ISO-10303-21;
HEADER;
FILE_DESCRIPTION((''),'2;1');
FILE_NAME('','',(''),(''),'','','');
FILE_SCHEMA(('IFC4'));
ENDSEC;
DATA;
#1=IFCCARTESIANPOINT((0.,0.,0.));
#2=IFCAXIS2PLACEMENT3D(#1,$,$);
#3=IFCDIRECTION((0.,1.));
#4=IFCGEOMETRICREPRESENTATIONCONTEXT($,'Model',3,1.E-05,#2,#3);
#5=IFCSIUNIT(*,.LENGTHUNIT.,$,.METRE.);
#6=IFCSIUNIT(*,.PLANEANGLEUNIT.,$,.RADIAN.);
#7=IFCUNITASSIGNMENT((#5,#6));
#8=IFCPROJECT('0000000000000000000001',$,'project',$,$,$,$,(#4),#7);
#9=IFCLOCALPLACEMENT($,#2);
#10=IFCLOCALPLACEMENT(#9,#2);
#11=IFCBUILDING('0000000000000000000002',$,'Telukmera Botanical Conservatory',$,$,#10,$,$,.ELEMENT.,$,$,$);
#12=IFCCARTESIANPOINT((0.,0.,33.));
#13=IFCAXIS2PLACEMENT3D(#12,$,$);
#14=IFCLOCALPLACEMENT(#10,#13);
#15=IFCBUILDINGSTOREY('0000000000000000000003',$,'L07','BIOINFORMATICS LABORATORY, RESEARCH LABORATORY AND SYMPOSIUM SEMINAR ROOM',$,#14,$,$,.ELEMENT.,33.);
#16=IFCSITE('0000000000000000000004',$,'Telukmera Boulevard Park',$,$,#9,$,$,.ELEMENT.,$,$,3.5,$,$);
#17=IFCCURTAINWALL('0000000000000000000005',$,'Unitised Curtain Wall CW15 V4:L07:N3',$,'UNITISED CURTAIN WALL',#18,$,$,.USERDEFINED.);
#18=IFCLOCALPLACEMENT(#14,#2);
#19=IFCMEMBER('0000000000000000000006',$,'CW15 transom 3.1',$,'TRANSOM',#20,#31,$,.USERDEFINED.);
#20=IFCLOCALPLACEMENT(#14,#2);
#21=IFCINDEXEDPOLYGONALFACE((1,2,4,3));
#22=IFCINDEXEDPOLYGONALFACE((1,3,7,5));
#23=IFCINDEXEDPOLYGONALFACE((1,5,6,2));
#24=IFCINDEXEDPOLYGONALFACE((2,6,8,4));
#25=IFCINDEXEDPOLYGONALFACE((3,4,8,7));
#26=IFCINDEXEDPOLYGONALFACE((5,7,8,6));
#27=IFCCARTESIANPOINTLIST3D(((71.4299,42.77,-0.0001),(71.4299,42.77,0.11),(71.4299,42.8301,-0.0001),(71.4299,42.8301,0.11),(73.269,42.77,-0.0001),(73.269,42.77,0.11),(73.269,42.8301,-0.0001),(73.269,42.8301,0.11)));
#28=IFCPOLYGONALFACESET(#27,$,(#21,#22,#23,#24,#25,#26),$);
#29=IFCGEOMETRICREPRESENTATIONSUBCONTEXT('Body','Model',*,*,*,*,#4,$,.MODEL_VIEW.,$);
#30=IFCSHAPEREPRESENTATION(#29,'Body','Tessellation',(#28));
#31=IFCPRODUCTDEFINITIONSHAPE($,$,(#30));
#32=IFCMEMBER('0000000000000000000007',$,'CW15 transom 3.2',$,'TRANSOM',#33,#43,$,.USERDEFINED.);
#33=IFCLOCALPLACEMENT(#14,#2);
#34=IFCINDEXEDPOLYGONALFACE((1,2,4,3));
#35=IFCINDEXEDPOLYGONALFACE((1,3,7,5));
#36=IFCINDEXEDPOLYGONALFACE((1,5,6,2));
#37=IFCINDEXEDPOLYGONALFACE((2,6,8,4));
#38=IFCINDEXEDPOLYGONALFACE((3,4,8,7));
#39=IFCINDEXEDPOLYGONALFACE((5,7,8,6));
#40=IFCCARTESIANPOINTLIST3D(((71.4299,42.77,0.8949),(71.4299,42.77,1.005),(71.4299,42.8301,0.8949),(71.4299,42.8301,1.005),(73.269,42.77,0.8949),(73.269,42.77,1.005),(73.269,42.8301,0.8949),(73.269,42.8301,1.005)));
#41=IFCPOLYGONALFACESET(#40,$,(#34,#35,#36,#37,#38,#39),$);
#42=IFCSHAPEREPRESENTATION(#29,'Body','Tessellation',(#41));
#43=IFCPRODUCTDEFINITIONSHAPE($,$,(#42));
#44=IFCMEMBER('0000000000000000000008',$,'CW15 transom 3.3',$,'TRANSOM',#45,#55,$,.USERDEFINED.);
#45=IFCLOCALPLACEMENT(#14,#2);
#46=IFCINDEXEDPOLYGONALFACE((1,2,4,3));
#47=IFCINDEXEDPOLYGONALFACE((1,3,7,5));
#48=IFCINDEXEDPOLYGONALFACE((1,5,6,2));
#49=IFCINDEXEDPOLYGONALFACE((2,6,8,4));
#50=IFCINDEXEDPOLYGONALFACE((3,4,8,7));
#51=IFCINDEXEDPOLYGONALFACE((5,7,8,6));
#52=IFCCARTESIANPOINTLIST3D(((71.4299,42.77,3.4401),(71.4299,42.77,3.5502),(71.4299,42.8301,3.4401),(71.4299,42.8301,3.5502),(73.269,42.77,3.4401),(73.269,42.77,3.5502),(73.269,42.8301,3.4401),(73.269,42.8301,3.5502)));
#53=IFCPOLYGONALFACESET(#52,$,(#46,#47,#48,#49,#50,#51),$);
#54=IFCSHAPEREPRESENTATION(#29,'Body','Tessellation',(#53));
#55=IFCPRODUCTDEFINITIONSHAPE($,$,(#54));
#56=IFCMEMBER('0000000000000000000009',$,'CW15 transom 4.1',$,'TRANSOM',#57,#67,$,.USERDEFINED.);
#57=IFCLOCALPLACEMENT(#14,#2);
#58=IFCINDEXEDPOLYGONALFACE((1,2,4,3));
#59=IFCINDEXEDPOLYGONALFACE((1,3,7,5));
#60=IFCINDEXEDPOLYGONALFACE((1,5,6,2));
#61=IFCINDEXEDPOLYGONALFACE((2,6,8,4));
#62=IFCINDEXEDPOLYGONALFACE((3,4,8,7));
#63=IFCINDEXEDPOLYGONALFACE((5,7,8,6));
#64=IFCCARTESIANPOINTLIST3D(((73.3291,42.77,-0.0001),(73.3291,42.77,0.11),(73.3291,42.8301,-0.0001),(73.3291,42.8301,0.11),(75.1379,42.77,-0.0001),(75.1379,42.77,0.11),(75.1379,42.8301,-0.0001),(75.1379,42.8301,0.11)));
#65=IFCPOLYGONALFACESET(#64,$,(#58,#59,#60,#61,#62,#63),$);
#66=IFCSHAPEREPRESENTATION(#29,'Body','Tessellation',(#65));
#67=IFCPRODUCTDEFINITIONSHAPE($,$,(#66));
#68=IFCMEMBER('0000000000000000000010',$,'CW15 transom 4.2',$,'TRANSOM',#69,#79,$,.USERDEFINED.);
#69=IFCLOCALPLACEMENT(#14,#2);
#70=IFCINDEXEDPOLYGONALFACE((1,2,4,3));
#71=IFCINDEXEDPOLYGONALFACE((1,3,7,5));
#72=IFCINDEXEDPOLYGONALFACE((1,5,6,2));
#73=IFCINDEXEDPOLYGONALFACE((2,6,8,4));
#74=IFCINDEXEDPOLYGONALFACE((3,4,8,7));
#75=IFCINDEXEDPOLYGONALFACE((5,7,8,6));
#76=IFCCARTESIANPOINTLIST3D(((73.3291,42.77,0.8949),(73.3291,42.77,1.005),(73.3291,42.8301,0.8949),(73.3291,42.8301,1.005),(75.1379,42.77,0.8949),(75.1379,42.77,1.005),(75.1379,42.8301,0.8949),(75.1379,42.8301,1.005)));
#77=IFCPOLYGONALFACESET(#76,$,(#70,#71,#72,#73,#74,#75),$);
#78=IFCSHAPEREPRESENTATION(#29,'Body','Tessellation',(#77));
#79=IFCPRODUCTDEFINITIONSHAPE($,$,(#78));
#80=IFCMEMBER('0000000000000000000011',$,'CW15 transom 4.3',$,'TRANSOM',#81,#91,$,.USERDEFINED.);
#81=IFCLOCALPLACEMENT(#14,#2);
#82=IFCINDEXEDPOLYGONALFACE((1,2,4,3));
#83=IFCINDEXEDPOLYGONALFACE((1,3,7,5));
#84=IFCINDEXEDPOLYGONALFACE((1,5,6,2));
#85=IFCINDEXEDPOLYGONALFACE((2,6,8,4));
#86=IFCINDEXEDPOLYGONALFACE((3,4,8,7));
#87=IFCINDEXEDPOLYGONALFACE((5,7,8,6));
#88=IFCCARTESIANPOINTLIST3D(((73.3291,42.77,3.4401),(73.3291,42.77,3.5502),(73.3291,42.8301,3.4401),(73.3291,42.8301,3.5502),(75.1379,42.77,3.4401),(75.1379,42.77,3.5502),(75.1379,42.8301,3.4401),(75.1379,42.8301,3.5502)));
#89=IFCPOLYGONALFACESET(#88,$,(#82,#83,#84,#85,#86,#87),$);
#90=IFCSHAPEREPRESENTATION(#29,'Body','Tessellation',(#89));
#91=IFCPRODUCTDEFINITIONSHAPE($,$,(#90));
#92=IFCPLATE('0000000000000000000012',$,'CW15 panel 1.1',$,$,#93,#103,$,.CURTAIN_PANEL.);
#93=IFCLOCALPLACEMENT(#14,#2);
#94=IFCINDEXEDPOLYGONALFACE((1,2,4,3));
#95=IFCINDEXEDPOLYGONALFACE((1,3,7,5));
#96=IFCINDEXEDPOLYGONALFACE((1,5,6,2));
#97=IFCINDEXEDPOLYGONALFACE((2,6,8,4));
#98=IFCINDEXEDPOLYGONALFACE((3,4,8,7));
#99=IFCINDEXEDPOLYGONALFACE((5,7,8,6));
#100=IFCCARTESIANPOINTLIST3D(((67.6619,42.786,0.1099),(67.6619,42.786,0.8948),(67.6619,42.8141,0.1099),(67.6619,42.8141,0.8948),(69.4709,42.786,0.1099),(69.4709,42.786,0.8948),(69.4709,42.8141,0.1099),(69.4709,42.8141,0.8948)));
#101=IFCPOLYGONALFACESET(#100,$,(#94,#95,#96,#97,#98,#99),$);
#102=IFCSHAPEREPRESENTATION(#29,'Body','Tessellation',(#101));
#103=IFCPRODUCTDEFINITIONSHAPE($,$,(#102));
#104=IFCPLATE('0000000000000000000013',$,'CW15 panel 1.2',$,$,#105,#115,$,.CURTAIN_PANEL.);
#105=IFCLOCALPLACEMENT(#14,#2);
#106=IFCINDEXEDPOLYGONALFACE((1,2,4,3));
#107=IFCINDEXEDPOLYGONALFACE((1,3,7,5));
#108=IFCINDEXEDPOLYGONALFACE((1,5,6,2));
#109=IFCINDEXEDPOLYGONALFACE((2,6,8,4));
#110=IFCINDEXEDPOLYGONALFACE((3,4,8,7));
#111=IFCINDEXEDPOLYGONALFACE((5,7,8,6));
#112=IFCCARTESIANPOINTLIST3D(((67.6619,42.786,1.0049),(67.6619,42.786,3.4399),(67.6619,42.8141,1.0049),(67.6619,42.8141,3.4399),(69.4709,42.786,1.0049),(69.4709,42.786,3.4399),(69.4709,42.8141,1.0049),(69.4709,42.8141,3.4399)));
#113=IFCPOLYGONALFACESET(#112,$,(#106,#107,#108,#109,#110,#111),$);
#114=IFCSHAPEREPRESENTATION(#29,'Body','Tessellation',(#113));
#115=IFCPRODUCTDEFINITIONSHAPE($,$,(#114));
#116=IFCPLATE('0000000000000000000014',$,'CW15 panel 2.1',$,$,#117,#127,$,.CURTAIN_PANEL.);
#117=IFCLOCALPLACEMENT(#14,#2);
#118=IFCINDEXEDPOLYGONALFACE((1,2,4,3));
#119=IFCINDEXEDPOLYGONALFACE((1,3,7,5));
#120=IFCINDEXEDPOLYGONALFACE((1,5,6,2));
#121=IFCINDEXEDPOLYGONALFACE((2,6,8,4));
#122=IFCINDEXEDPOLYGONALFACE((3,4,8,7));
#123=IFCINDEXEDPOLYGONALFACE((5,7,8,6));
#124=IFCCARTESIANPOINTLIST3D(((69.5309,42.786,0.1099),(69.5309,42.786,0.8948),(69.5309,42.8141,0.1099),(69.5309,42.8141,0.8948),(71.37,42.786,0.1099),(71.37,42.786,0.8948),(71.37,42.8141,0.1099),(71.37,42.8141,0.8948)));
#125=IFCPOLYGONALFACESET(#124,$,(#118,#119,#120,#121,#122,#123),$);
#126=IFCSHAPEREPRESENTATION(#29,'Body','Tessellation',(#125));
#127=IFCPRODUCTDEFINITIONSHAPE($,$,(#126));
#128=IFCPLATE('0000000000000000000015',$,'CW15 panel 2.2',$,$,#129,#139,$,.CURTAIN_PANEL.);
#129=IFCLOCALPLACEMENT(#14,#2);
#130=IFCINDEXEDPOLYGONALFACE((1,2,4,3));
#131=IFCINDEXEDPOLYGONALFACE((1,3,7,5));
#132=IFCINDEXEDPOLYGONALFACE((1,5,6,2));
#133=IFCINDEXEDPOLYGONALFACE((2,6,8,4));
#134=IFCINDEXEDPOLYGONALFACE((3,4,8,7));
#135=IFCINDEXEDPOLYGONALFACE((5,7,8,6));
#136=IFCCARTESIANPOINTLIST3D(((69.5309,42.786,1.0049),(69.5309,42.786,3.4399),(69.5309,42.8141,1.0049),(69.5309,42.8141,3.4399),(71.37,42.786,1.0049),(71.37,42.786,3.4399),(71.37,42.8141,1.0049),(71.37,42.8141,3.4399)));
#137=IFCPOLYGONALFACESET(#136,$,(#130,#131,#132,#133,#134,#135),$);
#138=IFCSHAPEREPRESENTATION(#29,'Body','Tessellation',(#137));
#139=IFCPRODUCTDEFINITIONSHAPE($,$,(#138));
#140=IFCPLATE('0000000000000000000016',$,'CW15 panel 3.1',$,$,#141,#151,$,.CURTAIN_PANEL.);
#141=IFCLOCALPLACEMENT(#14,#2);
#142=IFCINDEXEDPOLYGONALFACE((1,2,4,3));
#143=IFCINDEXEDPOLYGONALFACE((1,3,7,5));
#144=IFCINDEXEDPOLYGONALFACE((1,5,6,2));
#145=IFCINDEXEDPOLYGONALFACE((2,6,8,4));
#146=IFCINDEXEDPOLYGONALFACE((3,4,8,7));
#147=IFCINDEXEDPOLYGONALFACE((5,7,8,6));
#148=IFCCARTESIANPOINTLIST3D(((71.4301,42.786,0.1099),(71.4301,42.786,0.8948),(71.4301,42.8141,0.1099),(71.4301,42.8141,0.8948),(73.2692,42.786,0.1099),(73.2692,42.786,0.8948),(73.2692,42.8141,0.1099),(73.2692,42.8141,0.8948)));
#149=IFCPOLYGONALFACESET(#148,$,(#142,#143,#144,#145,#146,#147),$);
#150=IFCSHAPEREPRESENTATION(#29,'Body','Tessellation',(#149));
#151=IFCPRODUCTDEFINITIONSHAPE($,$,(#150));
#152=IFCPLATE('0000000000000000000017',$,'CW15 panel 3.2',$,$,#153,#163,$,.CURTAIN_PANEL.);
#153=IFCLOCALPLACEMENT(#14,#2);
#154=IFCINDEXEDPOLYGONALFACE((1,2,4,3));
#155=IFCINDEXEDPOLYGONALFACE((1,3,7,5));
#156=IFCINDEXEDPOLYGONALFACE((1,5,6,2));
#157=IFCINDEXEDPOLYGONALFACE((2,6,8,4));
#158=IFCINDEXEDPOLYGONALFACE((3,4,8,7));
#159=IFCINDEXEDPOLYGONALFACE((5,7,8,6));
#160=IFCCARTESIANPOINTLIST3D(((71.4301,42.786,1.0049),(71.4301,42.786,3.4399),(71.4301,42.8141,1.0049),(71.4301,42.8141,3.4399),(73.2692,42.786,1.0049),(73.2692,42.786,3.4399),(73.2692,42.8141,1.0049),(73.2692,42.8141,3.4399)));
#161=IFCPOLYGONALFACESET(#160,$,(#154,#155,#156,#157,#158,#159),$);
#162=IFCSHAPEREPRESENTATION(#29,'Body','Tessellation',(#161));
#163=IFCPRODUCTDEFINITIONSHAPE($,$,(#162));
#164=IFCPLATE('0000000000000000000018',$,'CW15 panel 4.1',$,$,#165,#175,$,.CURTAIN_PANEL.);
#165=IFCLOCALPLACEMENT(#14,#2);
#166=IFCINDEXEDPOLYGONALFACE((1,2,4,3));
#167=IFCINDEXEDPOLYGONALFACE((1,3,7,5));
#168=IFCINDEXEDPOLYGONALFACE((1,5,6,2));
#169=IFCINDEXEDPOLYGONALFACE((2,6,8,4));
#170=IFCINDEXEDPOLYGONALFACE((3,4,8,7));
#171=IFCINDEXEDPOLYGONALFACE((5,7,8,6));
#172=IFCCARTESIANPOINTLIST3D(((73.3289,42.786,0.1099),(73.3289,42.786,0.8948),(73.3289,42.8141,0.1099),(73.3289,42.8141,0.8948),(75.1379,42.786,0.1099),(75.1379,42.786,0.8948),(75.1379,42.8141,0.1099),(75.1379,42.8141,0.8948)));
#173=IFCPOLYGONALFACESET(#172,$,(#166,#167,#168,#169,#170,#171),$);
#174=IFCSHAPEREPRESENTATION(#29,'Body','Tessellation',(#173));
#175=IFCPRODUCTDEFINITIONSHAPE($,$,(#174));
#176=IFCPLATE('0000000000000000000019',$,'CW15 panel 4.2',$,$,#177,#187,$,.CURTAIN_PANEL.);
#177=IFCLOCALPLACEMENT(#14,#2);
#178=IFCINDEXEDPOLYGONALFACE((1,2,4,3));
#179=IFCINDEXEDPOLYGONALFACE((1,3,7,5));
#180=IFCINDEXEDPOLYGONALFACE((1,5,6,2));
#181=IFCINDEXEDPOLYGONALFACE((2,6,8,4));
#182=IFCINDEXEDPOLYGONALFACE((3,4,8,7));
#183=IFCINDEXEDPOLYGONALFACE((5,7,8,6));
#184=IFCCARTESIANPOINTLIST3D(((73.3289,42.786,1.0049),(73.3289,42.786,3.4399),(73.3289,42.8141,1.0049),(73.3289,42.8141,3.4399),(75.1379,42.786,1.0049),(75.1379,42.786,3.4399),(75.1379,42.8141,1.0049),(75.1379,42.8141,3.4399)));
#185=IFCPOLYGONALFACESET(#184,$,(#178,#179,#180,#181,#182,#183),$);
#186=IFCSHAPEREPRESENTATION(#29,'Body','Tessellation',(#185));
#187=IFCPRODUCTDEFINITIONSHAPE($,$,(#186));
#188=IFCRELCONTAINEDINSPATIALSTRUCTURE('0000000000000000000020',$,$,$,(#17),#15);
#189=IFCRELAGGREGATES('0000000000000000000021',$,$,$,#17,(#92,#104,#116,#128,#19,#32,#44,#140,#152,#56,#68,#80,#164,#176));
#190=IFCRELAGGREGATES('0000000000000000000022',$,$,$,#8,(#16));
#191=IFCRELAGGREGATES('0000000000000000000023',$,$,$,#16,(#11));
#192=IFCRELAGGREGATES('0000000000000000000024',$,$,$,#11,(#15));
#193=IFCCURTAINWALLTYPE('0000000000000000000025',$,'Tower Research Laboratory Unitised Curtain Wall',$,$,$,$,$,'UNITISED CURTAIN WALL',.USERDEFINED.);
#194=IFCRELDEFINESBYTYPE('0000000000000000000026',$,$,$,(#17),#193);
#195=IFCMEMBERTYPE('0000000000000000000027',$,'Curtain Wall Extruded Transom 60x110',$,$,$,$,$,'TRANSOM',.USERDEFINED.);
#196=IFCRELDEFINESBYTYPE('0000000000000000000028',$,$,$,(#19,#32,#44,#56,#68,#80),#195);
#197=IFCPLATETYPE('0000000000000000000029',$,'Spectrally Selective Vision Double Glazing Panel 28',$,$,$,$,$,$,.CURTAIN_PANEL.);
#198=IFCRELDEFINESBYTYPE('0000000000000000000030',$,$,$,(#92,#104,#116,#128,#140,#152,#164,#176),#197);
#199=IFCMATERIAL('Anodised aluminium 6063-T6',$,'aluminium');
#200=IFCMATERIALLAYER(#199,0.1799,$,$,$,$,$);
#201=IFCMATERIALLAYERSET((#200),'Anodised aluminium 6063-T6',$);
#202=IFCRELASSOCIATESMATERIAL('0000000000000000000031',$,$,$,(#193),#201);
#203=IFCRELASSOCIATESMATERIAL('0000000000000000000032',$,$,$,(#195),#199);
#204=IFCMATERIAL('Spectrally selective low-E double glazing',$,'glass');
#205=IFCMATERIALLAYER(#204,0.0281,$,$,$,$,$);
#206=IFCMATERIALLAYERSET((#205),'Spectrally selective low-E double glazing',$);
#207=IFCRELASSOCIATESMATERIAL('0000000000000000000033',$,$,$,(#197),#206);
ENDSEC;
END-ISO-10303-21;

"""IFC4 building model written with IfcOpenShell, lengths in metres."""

from ifc_helpers import new_model, si_unit, direction, frame, origin, origin_2d, place, context, subcontext, project, spatial, rectangle, extrude, material, layer, layer_set, material_profile, profile_set, type_object, element, aggregate, save


model = new_model("IFC4")

# Units and contexts
model_context = context("Model", 3, precision=1e-05, world=origin(), true_north=direction((0.0, 1.0)))
body_context = subcontext(model_context, "Body", "Model", "MODEL_VIEW")
ifc_project = project(units=[si_unit("LENGTHUNIT", "METRE"), si_unit("PLANEANGLEUNIT", "RADIAN")], contexts=[model_context])

# Site, building, storey
site_placement = place(None, origin())
site = spatial("IfcSite", under=ifc_project, at=site_placement, Name="Telukmera Boulevard Park", CompositionType="ELEMENT", RefElevation=3.5)
building_placement = place(site_placement, origin())
building = spatial("IfcBuilding", under=site, at=building_placement, Name="Telukmera Botanical Conservatory", CompositionType="ELEMENT")
storey_placement = place(building_placement, frame((0.0, 0.0, 33.0)))
storey = spatial("IfcBuildingStorey", under=building, at=storey_placement, Name="L07", Description="BIOINFORMATICS LABORATORY, RESEARCH LABORATORY AND SYMPOSIUM SEMINAR ROOM", CompositionType="ELEMENT", Elevation=33.0)

# Curtain wall, members, plates
ifc_material_1 = material(Name="Anodised aluminium 6063-T6", Category="aluminium")
ifc_layer_1 = layer(ifc_material_1, 0.1799)
ifc_layer_set_1 = layer_set([ifc_layer_1], Name="Anodised aluminium 6063-T6")
curtain_wall_type = type_object("IfcCurtainWallType", Name="Tower Research Laboratory Unitised Curtain Wall", ElementType="UNITISED CURTAIN WALL", PredefinedType="USERDEFINED", material=ifc_layer_set_1)
curtain_wall_placement = place(storey_placement, origin())
curtain_wall = element("IfcCurtainWall", 1, at=curtain_wall_placement, inside=storey, type_object=curtain_wall_type, Name="Unitised Curtain Wall CW15 V4:L07:N3", ObjectType="UNITISED CURTAIN WALL", PredefinedType="USERDEFINED")
ifc_material_profile_1 = material_profile(ifc_material_1, rectangle(XDim=0.0601, YDim=0.1101, at=origin_2d()), Name="ALU TRAN 60x110")
ifc_profile_set_1 = profile_set([ifc_material_profile_1], Name="Anodised aluminium 6063-T6")
member_type_1 = type_object("IfcMemberType", Name="Curtain Wall Extruded Transom 60x110", ElementType="TRANSOM", PredefinedType="USERDEFINED", material=ifc_profile_set_1)
member_1_placement = place(storey_placement, frame((71.4299, 42.8, 0.0549), z_axis=(1.0, 0.0, 0.0), x_axis=(0.0, 1.0, 0.0)))
member_1 = element("IfcMember", 2, at=member_1_placement, type_object=member_type_1, Name="CW15 transom 3.1", ObjectType="TRANSOM", PredefinedType="USERDEFINED", context=body_context, shape_type="SweptSolid", body=[
    extrude(rectangle(XDim=0.0601, YDim=0.1101, at=origin_2d()), origin(), (0.0, 0.0, 1.0), 1.8391),
])
member_2_placement = place(storey_placement, frame((71.4299, 42.8, 0.95), z_axis=(1.0, 0.0, 0.0), x_axis=(0.0, 1.0, 0.0)))
member_2 = element("IfcMember", 3, at=member_2_placement, type_object=member_type_1, Name="CW15 transom 3.2", ObjectType="TRANSOM", PredefinedType="USERDEFINED", context=body_context, shape_type="SweptSolid", body=[
    extrude(rectangle(XDim=0.0601, YDim=0.1101, at=origin_2d()), origin(), (0.0, 0.0, 1.0), 1.8391),
])
member_3_placement = place(storey_placement, frame((71.4299, 42.8, 3.4951), z_axis=(1.0, 0.0, 0.0), x_axis=(0.0, 1.0, 0.0)))
member_3 = element("IfcMember", 4, at=member_3_placement, type_object=member_type_1, Name="CW15 transom 3.3", ObjectType="TRANSOM", PredefinedType="USERDEFINED", context=body_context, shape_type="SweptSolid", body=[
    extrude(rectangle(XDim=0.0601, YDim=0.1101, at=origin_2d()), origin(), (0.0, 0.0, 1.0), 1.8391),
])
member_4_placement = place(storey_placement, frame((73.3291, 42.8, 0.0549), z_axis=(1.0, 0.0, 0.0), x_axis=(0.0, 1.0, 0.0)))
member_4 = element("IfcMember", 5, at=member_4_placement, type_object=member_type_1, Name="CW15 transom 4.1", ObjectType="TRANSOM", PredefinedType="USERDEFINED", context=body_context, shape_type="SweptSolid", body=[
    extrude(rectangle(XDim=0.0601, YDim=0.1101, at=origin_2d()), origin(), (0.0, 0.0, 1.0), 1.8088),
])
member_5_placement = place(storey_placement, frame((73.3291, 42.8, 0.95), z_axis=(1.0, 0.0, 0.0), x_axis=(0.0, 1.0, 0.0)))
member_5 = element("IfcMember", 6, at=member_5_placement, type_object=member_type_1, Name="CW15 transom 4.2", ObjectType="TRANSOM", PredefinedType="USERDEFINED", context=body_context, shape_type="SweptSolid", body=[
    extrude(rectangle(XDim=0.0601, YDim=0.1101, at=origin_2d()), origin(), (0.0, 0.0, 1.0), 1.8088),
])
member_6_placement = place(storey_placement, frame((73.3291, 42.8, 3.4951), z_axis=(1.0, 0.0, 0.0), x_axis=(0.0, 1.0, 0.0)))
member_6 = element("IfcMember", 7, at=member_6_placement, type_object=member_type_1, Name="CW15 transom 4.3", ObjectType="TRANSOM", PredefinedType="USERDEFINED", context=body_context, shape_type="SweptSolid", body=[
    extrude(rectangle(XDim=0.0601, YDim=0.1101, at=origin_2d()), origin(), (0.0, 0.0, 1.0), 1.8088),
])
ifc_material_2 = material(Name="Spectrally selective low-E double glazing", Category="glass")
ifc_layer_2 = layer(ifc_material_2, 0.0281)
ifc_layer_set_2 = layer_set([ifc_layer_2], Name="Spectrally selective low-E double glazing")
plate_type = type_object("IfcPlateType", Name="Spectrally Selective Vision Double Glazing Panel 28", PredefinedType="CURTAIN_PANEL", material=ifc_layer_set_2)
plate_1_placement = place(storey_placement, frame((68.5664, 42.8, 0.1099), z_axis=(0.0, 0.0, 1.0), x_axis=(1.0, 0.0, 0.0)))
plate_1 = element("IfcPlate", 8, at=plate_1_placement, type_object=plate_type, Name="CW15 panel 1.1", PredefinedType="CURTAIN_PANEL", context=body_context, shape_type="SweptSolid", body=[
    extrude(rectangle(XDim=1.8091, YDim=0.0281, at=origin_2d()), origin(), (0.0, 0.0, 1.0), 0.7849),
])
plate_2_placement = place(storey_placement, frame((68.5664, 42.8, 1.0049), z_axis=(0.0, 0.0, 1.0), x_axis=(1.0, 0.0, 0.0)))
plate_2 = element("IfcPlate", 9, at=plate_2_placement, type_object=plate_type, Name="CW15 panel 1.2", PredefinedType="CURTAIN_PANEL", context=body_context, shape_type="SweptSolid", body=[
    extrude(rectangle(XDim=1.8091, YDim=0.0281, at=origin_2d()), origin(), (0.0, 0.0, 1.0), 2.4351),
])
plate_3_placement = place(storey_placement, frame((70.4504, 42.8, 0.1099), z_axis=(0.0, 0.0, 1.0), x_axis=(1.0, 0.0, 0.0)))
plate_3 = element("IfcPlate", 10, at=plate_3_placement, type_object=plate_type, Name="CW15 panel 2.1", PredefinedType="CURTAIN_PANEL", context=body_context, shape_type="SweptSolid", body=[
    extrude(rectangle(XDim=1.8391, YDim=0.0281, at=origin_2d()), origin(), (0.0, 0.0, 1.0), 0.7849),
])
plate_4_placement = place(storey_placement, frame((70.4504, 42.8, 1.0049), z_axis=(0.0, 0.0, 1.0), x_axis=(1.0, 0.0, 0.0)))
plate_4 = element("IfcPlate", 11, at=plate_4_placement, type_object=plate_type, Name="CW15 panel 2.2", PredefinedType="CURTAIN_PANEL", context=body_context, shape_type="SweptSolid", body=[
    extrude(rectangle(XDim=1.8391, YDim=0.0281, at=origin_2d()), origin(), (0.0, 0.0, 1.0), 2.4351),
])
plate_5_placement = place(storey_placement, frame((72.3496, 42.8, 0.1099), z_axis=(0.0, 0.0, 1.0), x_axis=(1.0, 0.0, 0.0)))
plate_5 = element("IfcPlate", 12, at=plate_5_placement, type_object=plate_type, Name="CW15 panel 3.1", PredefinedType="CURTAIN_PANEL", context=body_context, shape_type="SweptSolid", body=[
    extrude(rectangle(XDim=1.8391, YDim=0.0281, at=origin_2d()), origin(), (0.0, 0.0, 1.0), 0.7849),
])
plate_6_placement = place(storey_placement, frame((72.3496, 42.8, 1.0049), z_axis=(0.0, 0.0, 1.0), x_axis=(1.0, 0.0, 0.0)))
plate_6 = element("IfcPlate", 13, at=plate_6_placement, type_object=plate_type, Name="CW15 panel 3.2", PredefinedType="CURTAIN_PANEL", context=body_context, shape_type="SweptSolid", body=[
    extrude(rectangle(XDim=1.8391, YDim=0.0281, at=origin_2d()), origin(), (0.0, 0.0, 1.0), 2.4351),
])
plate_7_placement = place(storey_placement, frame((74.2334, 42.8, 0.1099), z_axis=(0.0, 0.0, 1.0), x_axis=(1.0, 0.0, 0.0)))
plate_7 = element("IfcPlate", 14, at=plate_7_placement, type_object=plate_type, Name="CW15 panel 4.1", PredefinedType="CURTAIN_PANEL", context=body_context, shape_type="SweptSolid", body=[
    extrude(rectangle(XDim=1.8091, YDim=0.0281, at=origin_2d()), origin(), (0.0, 0.0, 1.0), 0.7849),
])
plate_8_placement = place(storey_placement, frame((74.2334, 42.8, 1.0049), z_axis=(0.0, 0.0, 1.0), x_axis=(1.0, 0.0, 0.0)))
plate_8 = element("IfcPlate", 15, at=plate_8_placement, type_object=plate_type, Name="CW15 panel 4.2", PredefinedType="CURTAIN_PANEL", context=body_context, shape_type="SweptSolid", body=[
    extrude(rectangle(XDim=1.8091, YDim=0.0281, at=origin_2d()), origin(), (0.0, 0.0, 1.0), 2.4351),
])
aggregate(curtain_wall, [plate_1, plate_2, plate_3, plate_4, member_1, member_2, member_3, plate_5, plate_6, member_4, member_5, member_6, plate_7, plate_8])

save(model, "model.ifc")
